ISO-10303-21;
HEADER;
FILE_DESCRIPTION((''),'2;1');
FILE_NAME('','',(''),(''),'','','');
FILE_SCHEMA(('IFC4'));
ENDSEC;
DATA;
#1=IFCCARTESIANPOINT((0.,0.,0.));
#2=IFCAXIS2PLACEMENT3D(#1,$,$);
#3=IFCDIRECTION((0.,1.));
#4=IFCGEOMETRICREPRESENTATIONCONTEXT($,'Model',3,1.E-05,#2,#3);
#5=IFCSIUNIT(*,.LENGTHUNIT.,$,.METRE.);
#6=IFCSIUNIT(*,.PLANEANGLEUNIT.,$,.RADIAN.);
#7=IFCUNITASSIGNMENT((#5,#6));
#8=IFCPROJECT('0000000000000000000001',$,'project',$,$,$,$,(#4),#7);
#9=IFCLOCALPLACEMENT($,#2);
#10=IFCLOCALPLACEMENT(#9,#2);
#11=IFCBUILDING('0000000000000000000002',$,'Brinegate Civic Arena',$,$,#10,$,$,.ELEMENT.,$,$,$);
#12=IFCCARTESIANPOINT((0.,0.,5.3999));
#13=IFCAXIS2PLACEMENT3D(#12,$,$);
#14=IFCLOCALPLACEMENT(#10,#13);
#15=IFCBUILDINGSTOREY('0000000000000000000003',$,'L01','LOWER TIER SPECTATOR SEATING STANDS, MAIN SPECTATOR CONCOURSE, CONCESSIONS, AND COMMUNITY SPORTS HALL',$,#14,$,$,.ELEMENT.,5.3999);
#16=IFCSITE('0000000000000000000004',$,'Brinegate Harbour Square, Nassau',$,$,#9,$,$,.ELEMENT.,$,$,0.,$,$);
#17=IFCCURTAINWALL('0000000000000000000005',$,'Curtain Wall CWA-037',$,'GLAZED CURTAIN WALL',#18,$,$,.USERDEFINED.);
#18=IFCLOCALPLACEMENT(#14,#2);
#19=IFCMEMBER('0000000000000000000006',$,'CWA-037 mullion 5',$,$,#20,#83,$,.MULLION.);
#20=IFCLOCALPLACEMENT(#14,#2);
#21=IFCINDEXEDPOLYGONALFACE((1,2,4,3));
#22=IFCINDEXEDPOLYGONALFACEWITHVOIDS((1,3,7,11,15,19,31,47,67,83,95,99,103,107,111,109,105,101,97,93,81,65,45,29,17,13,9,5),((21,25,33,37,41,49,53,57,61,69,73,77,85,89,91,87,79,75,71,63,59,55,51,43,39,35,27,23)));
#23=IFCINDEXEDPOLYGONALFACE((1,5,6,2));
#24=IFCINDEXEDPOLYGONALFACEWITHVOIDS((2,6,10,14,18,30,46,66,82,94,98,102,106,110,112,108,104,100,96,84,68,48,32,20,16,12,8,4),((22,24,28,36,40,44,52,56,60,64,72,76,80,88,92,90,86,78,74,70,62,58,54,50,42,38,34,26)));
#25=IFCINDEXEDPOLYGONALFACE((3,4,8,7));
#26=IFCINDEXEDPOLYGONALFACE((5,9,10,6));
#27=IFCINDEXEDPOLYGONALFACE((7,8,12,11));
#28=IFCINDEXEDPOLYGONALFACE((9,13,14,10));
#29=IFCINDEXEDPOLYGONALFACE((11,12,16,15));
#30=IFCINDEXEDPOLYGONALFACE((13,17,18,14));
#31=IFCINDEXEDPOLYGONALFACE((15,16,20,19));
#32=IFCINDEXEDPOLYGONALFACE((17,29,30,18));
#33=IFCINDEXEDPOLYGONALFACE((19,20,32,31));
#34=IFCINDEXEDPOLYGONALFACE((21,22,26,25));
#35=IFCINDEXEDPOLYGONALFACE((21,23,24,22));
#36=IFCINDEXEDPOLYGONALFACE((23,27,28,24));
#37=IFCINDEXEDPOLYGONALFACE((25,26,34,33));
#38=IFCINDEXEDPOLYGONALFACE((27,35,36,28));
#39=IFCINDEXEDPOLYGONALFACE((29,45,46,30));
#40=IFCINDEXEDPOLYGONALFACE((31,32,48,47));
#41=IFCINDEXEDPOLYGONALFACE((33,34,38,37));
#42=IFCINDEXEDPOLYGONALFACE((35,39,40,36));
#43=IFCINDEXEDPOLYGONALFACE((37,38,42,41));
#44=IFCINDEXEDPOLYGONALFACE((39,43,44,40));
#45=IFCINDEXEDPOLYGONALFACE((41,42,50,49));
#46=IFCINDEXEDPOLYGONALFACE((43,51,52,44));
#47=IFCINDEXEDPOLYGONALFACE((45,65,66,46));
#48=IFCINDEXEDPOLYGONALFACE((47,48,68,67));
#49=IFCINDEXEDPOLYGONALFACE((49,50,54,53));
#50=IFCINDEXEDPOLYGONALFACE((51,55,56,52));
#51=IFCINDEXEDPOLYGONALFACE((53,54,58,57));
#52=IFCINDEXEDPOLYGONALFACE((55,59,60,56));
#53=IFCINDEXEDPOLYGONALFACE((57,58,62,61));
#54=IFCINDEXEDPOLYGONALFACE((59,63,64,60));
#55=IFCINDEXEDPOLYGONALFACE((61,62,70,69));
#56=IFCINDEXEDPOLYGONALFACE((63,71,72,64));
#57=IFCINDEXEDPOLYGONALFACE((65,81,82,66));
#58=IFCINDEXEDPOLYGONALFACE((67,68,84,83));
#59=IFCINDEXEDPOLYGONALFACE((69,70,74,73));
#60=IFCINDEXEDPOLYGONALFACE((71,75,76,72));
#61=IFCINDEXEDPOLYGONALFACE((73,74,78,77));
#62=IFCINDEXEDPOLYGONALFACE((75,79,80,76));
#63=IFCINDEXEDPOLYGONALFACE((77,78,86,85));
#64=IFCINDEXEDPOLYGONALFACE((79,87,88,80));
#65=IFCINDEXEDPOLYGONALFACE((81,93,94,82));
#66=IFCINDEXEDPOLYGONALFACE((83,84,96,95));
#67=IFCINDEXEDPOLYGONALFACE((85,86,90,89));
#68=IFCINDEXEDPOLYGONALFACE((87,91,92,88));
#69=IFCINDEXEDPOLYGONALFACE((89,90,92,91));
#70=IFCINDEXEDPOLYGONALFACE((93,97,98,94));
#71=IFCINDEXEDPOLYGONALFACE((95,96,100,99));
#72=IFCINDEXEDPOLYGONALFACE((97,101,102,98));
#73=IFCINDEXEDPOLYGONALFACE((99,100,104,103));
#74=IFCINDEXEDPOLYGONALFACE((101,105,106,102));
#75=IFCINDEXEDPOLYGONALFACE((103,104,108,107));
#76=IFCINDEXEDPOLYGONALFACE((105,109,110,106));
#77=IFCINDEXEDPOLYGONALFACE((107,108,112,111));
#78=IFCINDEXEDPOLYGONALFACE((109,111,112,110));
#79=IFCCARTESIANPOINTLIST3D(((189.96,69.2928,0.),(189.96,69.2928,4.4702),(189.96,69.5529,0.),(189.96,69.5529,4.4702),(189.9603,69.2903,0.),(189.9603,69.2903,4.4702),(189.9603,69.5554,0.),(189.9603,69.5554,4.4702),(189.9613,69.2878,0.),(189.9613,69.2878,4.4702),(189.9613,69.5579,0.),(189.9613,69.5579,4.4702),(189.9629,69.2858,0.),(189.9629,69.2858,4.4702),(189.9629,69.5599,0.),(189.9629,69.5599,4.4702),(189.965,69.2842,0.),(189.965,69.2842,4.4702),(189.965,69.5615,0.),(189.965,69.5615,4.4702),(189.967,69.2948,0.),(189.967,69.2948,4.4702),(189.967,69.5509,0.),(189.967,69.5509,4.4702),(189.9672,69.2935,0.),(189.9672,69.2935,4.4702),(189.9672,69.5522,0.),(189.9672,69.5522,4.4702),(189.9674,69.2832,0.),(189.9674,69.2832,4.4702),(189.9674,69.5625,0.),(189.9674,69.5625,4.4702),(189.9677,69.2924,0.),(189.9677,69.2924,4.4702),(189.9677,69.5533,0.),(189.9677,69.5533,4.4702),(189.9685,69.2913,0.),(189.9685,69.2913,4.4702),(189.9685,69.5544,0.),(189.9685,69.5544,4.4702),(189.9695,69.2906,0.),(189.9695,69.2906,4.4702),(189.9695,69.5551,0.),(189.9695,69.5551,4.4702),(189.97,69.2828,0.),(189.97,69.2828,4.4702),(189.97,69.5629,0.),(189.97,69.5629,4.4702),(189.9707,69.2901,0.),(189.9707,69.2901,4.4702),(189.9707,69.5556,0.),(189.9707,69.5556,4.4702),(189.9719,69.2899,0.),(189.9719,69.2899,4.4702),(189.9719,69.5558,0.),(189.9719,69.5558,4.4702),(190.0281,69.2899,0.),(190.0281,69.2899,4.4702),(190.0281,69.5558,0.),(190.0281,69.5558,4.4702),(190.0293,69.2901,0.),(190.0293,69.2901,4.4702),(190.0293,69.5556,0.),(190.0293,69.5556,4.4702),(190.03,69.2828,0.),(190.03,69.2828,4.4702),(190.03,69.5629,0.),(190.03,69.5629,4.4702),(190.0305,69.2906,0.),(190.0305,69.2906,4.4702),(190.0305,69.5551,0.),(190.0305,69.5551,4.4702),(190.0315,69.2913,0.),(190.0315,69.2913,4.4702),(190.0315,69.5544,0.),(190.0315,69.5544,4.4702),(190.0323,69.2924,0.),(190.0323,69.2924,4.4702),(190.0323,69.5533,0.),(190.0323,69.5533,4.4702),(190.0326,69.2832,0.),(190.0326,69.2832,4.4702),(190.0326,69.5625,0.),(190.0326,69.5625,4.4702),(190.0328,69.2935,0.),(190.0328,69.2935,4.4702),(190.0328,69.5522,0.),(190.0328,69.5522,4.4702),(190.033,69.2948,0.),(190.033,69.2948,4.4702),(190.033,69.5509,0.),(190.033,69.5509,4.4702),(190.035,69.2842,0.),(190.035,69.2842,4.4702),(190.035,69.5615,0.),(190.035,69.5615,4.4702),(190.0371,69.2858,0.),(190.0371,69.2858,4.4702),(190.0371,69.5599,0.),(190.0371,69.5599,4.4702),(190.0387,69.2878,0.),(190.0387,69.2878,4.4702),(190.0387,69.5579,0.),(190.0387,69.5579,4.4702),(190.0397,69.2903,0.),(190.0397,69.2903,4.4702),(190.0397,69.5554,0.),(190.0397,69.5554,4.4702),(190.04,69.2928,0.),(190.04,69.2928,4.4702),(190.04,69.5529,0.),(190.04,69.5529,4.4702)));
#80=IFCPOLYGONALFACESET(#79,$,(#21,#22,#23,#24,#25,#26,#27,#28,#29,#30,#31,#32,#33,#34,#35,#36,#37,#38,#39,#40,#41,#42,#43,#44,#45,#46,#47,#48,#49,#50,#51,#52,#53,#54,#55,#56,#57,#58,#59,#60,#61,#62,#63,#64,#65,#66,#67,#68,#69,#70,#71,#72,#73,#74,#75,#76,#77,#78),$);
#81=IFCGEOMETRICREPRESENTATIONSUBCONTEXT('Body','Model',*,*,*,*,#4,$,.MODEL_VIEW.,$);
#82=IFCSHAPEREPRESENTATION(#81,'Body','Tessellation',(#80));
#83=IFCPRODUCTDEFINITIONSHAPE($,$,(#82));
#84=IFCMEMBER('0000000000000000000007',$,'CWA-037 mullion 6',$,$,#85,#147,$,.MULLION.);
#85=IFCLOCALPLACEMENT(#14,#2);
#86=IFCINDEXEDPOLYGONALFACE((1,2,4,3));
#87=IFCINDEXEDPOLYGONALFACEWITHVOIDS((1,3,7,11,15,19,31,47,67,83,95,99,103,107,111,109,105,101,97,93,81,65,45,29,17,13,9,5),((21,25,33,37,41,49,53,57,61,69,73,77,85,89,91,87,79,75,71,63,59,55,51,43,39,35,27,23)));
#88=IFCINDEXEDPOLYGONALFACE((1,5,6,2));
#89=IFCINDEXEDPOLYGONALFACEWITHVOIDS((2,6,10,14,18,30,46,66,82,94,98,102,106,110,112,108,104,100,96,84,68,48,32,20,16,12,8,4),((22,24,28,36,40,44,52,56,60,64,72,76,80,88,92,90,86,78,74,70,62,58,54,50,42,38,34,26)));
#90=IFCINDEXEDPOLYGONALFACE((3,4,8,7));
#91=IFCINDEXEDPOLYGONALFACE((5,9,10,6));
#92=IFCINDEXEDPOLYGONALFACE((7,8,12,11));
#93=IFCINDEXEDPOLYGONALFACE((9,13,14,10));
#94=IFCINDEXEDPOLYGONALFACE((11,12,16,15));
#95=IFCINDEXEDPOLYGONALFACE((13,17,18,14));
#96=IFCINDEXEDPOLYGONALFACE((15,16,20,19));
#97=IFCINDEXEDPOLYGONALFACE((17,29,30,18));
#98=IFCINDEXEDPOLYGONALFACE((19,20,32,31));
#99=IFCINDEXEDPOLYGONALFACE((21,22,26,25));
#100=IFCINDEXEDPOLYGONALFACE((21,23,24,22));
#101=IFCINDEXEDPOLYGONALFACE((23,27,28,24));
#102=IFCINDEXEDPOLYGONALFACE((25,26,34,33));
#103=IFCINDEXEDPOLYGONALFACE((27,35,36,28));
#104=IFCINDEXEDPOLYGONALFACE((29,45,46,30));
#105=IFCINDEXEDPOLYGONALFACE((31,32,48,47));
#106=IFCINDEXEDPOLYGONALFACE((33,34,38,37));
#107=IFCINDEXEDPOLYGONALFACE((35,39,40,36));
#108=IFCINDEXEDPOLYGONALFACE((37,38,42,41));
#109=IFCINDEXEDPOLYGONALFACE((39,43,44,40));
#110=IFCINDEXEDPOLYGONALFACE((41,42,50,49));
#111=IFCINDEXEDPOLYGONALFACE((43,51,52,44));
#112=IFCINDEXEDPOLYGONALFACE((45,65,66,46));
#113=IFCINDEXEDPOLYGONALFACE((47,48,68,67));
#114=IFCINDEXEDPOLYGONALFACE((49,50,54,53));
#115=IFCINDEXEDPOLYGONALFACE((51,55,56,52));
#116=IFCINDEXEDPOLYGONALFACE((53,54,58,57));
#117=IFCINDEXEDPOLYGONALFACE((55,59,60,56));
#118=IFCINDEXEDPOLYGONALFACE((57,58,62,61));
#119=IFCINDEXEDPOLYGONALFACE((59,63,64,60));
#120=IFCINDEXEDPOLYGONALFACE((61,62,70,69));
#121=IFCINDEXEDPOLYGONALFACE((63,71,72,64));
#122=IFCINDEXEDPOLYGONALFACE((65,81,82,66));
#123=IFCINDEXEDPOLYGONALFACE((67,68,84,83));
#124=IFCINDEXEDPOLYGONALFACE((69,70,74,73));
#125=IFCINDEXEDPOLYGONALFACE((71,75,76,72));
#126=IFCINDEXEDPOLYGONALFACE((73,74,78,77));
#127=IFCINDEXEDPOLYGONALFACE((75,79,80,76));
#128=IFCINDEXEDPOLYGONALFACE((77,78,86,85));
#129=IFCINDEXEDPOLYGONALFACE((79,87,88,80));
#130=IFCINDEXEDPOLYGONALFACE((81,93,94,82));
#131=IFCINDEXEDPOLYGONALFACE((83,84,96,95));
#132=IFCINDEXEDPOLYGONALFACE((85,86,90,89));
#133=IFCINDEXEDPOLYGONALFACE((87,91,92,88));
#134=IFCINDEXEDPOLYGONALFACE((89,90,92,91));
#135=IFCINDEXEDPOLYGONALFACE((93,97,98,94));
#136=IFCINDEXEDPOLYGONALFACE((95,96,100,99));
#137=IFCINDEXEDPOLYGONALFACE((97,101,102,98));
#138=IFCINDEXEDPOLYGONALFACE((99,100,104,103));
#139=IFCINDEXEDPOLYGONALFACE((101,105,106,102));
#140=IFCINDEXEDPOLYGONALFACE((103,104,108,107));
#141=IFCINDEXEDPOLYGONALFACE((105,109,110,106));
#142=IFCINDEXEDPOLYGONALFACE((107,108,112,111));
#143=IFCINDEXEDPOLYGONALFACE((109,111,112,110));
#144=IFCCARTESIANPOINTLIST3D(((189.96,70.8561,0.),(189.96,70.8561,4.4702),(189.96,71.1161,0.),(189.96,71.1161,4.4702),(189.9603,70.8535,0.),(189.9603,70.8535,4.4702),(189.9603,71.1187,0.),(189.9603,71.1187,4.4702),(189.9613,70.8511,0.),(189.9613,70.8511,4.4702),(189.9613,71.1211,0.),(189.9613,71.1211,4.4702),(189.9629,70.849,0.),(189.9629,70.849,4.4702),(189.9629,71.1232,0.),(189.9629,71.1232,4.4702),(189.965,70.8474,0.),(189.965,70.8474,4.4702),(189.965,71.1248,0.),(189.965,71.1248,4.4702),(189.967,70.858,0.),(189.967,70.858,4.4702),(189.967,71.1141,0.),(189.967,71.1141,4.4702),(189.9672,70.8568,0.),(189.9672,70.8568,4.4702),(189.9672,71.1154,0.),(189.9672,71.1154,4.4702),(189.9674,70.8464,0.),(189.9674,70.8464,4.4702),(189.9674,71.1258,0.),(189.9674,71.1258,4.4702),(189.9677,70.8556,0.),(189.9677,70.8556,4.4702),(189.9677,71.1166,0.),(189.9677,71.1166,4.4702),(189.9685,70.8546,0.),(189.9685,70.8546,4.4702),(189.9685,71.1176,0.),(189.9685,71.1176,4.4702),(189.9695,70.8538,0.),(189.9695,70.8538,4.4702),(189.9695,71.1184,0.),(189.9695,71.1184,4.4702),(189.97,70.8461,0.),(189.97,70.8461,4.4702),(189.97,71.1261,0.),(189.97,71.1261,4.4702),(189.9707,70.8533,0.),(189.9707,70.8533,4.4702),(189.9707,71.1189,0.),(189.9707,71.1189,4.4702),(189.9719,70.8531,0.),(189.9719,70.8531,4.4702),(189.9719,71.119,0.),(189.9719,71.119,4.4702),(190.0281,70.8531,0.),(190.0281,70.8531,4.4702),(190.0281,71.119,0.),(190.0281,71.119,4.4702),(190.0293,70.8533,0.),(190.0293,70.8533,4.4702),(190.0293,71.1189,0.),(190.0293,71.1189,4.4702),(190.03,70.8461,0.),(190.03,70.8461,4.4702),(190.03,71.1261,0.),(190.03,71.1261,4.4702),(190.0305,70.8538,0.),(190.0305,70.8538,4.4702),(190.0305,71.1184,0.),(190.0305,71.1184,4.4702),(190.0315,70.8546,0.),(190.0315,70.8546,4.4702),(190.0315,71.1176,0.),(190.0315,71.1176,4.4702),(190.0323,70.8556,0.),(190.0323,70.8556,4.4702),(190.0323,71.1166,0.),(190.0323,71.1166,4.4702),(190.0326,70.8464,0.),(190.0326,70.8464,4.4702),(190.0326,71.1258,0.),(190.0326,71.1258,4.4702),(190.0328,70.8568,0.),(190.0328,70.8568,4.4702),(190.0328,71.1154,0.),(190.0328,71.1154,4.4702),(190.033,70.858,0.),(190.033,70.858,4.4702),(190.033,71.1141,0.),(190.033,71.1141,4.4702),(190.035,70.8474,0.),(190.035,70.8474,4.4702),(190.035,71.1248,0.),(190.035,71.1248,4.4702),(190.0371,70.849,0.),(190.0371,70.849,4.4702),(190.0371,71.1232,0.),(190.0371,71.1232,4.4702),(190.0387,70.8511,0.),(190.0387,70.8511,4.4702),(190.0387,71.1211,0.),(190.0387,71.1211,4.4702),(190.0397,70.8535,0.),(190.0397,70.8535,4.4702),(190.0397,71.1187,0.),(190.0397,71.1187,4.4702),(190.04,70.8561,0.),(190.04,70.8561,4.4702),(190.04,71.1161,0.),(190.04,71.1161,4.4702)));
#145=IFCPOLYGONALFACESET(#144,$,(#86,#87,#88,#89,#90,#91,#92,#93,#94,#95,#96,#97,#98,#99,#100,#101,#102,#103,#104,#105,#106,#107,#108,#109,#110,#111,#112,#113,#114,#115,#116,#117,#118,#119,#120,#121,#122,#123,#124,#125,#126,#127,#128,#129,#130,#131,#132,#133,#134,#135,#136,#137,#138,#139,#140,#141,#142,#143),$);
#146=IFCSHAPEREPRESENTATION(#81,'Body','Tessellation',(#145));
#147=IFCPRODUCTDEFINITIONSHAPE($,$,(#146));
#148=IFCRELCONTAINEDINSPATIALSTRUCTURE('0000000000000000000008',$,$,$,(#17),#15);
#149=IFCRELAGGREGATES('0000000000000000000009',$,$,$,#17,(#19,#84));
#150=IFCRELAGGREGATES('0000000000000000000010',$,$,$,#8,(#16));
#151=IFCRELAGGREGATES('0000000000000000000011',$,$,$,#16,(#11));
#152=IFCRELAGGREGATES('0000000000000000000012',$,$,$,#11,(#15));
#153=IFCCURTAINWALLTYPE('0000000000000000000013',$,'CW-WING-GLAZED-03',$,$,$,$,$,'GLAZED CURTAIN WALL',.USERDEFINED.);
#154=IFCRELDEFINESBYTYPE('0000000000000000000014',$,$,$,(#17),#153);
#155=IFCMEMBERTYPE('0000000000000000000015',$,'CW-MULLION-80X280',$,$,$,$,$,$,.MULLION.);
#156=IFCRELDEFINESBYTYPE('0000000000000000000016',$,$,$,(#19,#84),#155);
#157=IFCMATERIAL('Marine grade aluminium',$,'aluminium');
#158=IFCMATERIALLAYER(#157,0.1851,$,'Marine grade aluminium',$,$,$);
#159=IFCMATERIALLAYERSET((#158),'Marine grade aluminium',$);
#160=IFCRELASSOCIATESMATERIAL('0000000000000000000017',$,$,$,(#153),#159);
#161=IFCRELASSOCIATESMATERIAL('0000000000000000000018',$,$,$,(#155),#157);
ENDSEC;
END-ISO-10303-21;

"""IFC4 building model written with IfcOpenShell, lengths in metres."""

from ifc_helpers import new_model, si_unit, direction, frame, origin, origin_2d, place, context, subcontext, project, spatial, hollow_rectangle, extrude, material, layer, layer_set, material_profile, profile_set, type_object, element, aggregate, save


model = new_model("IFC4")

# Units and contexts
model_context = context("Model", 3, precision=1e-05, world=origin(), true_north=direction((0.0, 1.0)))
body_context = subcontext(model_context, "Body", "Model", "MODEL_VIEW")
ifc_project = project(units=[si_unit("LENGTHUNIT", "METRE"), si_unit("PLANEANGLEUNIT", "RADIAN")], contexts=[model_context])

# Site, building, storey
site_placement = place(None, origin())
site = spatial("IfcSite", under=ifc_project, at=site_placement, Name="Brinegate Harbour Square, Nassau", CompositionType="ELEMENT", RefElevation=0.0)
building_placement = place(site_placement, origin())
building = spatial("IfcBuilding", under=site, at=building_placement, Name="Brinegate Civic Arena", CompositionType="ELEMENT")
storey_placement = place(building_placement, frame((0.0, 0.0, 5.3999)))
storey = spatial("IfcBuildingStorey", under=building, at=storey_placement, Name="L01", Description="LOWER TIER SPECTATOR SEATING STANDS, MAIN SPECTATOR CONCOURSE, CONCESSIONS, AND COMMUNITY SPORTS HALL", CompositionType="ELEMENT", Elevation=5.3999)

# Curtain wall, members
ifc_material_1 = material(Name="Marine grade aluminium", Category="aluminium")
ifc_layer_1 = layer(ifc_material_1, 0.1851, Name="Marine grade aluminium")
ifc_layer_set_1 = layer_set([ifc_layer_1], Name="Marine grade aluminium")
curtain_wall_type = type_object("IfcCurtainWallType", Name="CW-WING-GLAZED-03", ElementType="GLAZED CURTAIN WALL", PredefinedType="USERDEFINED", material=ifc_layer_set_1)
curtain_wall_1_placement = place(storey_placement, origin())
curtain_wall_1 = element("IfcCurtainWall", 1, at=curtain_wall_1_placement, inside=storey, type_object=curtain_wall_type, Name="Curtain Wall CWA-037", ObjectType="GLAZED CURTAIN WALL", PredefinedType="USERDEFINED")
ifc_material_profile_1 = material_profile(ifc_material_1, hollow_rectangle(XDim=0.0801, YDim=0.28, WallThickness=0.0071, InnerFilletRadius=0.0049, OuterFilletRadius=0.01, at=origin_2d()), Name="MUL80X280")
ifc_profile_set_1 = profile_set([ifc_material_profile_1], Name="Marine grade aluminium")
member_type_1 = type_object("IfcMemberType", Name="CW-MULLION-80X280", PredefinedType="MULLION", material=ifc_profile_set_1)
member_1_placement = place(storey_placement, frame((190.0, 69.4229, 0.0), z_axis=(0.0, 0.0, 1.0), x_axis=(-1.0, 0.0, 0.0)))
member_1 = element("IfcMember", 2, at=member_1_placement, type_object=member_type_1, Name="CWA-037 mullion 5", PredefinedType="MULLION", context=body_context, shape_type="SweptSolid", body=[
    extrude(hollow_rectangle(XDim=0.0801, YDim=0.28, WallThickness=0.0071, InnerFilletRadius=0.0049, OuterFilletRadius=0.01, at=origin_2d()), origin(), (0.0, 0.0, 1.0), 4.4702),
])
member_2_placement = place(storey_placement, frame((190.0, 70.9861, 0.0), z_axis=(0.0, 0.0, 1.0), x_axis=(-1.0, 0.0, 0.0)))
member_2 = element("IfcMember", 3, at=member_2_placement, type_object=member_type_1, Name="CWA-037 mullion 6", PredefinedType="MULLION", context=body_context, shape_type="SweptSolid", body=[
    extrude(hollow_rectangle(XDim=0.0801, YDim=0.28, WallThickness=0.0071, InnerFilletRadius=0.0049, OuterFilletRadius=0.01, at=origin_2d()), origin(), (0.0, 0.0, 1.0), 4.4702),
])

aggregate(curtain_wall_1, [member_1, member_2])

save(model, "model.ifc")
